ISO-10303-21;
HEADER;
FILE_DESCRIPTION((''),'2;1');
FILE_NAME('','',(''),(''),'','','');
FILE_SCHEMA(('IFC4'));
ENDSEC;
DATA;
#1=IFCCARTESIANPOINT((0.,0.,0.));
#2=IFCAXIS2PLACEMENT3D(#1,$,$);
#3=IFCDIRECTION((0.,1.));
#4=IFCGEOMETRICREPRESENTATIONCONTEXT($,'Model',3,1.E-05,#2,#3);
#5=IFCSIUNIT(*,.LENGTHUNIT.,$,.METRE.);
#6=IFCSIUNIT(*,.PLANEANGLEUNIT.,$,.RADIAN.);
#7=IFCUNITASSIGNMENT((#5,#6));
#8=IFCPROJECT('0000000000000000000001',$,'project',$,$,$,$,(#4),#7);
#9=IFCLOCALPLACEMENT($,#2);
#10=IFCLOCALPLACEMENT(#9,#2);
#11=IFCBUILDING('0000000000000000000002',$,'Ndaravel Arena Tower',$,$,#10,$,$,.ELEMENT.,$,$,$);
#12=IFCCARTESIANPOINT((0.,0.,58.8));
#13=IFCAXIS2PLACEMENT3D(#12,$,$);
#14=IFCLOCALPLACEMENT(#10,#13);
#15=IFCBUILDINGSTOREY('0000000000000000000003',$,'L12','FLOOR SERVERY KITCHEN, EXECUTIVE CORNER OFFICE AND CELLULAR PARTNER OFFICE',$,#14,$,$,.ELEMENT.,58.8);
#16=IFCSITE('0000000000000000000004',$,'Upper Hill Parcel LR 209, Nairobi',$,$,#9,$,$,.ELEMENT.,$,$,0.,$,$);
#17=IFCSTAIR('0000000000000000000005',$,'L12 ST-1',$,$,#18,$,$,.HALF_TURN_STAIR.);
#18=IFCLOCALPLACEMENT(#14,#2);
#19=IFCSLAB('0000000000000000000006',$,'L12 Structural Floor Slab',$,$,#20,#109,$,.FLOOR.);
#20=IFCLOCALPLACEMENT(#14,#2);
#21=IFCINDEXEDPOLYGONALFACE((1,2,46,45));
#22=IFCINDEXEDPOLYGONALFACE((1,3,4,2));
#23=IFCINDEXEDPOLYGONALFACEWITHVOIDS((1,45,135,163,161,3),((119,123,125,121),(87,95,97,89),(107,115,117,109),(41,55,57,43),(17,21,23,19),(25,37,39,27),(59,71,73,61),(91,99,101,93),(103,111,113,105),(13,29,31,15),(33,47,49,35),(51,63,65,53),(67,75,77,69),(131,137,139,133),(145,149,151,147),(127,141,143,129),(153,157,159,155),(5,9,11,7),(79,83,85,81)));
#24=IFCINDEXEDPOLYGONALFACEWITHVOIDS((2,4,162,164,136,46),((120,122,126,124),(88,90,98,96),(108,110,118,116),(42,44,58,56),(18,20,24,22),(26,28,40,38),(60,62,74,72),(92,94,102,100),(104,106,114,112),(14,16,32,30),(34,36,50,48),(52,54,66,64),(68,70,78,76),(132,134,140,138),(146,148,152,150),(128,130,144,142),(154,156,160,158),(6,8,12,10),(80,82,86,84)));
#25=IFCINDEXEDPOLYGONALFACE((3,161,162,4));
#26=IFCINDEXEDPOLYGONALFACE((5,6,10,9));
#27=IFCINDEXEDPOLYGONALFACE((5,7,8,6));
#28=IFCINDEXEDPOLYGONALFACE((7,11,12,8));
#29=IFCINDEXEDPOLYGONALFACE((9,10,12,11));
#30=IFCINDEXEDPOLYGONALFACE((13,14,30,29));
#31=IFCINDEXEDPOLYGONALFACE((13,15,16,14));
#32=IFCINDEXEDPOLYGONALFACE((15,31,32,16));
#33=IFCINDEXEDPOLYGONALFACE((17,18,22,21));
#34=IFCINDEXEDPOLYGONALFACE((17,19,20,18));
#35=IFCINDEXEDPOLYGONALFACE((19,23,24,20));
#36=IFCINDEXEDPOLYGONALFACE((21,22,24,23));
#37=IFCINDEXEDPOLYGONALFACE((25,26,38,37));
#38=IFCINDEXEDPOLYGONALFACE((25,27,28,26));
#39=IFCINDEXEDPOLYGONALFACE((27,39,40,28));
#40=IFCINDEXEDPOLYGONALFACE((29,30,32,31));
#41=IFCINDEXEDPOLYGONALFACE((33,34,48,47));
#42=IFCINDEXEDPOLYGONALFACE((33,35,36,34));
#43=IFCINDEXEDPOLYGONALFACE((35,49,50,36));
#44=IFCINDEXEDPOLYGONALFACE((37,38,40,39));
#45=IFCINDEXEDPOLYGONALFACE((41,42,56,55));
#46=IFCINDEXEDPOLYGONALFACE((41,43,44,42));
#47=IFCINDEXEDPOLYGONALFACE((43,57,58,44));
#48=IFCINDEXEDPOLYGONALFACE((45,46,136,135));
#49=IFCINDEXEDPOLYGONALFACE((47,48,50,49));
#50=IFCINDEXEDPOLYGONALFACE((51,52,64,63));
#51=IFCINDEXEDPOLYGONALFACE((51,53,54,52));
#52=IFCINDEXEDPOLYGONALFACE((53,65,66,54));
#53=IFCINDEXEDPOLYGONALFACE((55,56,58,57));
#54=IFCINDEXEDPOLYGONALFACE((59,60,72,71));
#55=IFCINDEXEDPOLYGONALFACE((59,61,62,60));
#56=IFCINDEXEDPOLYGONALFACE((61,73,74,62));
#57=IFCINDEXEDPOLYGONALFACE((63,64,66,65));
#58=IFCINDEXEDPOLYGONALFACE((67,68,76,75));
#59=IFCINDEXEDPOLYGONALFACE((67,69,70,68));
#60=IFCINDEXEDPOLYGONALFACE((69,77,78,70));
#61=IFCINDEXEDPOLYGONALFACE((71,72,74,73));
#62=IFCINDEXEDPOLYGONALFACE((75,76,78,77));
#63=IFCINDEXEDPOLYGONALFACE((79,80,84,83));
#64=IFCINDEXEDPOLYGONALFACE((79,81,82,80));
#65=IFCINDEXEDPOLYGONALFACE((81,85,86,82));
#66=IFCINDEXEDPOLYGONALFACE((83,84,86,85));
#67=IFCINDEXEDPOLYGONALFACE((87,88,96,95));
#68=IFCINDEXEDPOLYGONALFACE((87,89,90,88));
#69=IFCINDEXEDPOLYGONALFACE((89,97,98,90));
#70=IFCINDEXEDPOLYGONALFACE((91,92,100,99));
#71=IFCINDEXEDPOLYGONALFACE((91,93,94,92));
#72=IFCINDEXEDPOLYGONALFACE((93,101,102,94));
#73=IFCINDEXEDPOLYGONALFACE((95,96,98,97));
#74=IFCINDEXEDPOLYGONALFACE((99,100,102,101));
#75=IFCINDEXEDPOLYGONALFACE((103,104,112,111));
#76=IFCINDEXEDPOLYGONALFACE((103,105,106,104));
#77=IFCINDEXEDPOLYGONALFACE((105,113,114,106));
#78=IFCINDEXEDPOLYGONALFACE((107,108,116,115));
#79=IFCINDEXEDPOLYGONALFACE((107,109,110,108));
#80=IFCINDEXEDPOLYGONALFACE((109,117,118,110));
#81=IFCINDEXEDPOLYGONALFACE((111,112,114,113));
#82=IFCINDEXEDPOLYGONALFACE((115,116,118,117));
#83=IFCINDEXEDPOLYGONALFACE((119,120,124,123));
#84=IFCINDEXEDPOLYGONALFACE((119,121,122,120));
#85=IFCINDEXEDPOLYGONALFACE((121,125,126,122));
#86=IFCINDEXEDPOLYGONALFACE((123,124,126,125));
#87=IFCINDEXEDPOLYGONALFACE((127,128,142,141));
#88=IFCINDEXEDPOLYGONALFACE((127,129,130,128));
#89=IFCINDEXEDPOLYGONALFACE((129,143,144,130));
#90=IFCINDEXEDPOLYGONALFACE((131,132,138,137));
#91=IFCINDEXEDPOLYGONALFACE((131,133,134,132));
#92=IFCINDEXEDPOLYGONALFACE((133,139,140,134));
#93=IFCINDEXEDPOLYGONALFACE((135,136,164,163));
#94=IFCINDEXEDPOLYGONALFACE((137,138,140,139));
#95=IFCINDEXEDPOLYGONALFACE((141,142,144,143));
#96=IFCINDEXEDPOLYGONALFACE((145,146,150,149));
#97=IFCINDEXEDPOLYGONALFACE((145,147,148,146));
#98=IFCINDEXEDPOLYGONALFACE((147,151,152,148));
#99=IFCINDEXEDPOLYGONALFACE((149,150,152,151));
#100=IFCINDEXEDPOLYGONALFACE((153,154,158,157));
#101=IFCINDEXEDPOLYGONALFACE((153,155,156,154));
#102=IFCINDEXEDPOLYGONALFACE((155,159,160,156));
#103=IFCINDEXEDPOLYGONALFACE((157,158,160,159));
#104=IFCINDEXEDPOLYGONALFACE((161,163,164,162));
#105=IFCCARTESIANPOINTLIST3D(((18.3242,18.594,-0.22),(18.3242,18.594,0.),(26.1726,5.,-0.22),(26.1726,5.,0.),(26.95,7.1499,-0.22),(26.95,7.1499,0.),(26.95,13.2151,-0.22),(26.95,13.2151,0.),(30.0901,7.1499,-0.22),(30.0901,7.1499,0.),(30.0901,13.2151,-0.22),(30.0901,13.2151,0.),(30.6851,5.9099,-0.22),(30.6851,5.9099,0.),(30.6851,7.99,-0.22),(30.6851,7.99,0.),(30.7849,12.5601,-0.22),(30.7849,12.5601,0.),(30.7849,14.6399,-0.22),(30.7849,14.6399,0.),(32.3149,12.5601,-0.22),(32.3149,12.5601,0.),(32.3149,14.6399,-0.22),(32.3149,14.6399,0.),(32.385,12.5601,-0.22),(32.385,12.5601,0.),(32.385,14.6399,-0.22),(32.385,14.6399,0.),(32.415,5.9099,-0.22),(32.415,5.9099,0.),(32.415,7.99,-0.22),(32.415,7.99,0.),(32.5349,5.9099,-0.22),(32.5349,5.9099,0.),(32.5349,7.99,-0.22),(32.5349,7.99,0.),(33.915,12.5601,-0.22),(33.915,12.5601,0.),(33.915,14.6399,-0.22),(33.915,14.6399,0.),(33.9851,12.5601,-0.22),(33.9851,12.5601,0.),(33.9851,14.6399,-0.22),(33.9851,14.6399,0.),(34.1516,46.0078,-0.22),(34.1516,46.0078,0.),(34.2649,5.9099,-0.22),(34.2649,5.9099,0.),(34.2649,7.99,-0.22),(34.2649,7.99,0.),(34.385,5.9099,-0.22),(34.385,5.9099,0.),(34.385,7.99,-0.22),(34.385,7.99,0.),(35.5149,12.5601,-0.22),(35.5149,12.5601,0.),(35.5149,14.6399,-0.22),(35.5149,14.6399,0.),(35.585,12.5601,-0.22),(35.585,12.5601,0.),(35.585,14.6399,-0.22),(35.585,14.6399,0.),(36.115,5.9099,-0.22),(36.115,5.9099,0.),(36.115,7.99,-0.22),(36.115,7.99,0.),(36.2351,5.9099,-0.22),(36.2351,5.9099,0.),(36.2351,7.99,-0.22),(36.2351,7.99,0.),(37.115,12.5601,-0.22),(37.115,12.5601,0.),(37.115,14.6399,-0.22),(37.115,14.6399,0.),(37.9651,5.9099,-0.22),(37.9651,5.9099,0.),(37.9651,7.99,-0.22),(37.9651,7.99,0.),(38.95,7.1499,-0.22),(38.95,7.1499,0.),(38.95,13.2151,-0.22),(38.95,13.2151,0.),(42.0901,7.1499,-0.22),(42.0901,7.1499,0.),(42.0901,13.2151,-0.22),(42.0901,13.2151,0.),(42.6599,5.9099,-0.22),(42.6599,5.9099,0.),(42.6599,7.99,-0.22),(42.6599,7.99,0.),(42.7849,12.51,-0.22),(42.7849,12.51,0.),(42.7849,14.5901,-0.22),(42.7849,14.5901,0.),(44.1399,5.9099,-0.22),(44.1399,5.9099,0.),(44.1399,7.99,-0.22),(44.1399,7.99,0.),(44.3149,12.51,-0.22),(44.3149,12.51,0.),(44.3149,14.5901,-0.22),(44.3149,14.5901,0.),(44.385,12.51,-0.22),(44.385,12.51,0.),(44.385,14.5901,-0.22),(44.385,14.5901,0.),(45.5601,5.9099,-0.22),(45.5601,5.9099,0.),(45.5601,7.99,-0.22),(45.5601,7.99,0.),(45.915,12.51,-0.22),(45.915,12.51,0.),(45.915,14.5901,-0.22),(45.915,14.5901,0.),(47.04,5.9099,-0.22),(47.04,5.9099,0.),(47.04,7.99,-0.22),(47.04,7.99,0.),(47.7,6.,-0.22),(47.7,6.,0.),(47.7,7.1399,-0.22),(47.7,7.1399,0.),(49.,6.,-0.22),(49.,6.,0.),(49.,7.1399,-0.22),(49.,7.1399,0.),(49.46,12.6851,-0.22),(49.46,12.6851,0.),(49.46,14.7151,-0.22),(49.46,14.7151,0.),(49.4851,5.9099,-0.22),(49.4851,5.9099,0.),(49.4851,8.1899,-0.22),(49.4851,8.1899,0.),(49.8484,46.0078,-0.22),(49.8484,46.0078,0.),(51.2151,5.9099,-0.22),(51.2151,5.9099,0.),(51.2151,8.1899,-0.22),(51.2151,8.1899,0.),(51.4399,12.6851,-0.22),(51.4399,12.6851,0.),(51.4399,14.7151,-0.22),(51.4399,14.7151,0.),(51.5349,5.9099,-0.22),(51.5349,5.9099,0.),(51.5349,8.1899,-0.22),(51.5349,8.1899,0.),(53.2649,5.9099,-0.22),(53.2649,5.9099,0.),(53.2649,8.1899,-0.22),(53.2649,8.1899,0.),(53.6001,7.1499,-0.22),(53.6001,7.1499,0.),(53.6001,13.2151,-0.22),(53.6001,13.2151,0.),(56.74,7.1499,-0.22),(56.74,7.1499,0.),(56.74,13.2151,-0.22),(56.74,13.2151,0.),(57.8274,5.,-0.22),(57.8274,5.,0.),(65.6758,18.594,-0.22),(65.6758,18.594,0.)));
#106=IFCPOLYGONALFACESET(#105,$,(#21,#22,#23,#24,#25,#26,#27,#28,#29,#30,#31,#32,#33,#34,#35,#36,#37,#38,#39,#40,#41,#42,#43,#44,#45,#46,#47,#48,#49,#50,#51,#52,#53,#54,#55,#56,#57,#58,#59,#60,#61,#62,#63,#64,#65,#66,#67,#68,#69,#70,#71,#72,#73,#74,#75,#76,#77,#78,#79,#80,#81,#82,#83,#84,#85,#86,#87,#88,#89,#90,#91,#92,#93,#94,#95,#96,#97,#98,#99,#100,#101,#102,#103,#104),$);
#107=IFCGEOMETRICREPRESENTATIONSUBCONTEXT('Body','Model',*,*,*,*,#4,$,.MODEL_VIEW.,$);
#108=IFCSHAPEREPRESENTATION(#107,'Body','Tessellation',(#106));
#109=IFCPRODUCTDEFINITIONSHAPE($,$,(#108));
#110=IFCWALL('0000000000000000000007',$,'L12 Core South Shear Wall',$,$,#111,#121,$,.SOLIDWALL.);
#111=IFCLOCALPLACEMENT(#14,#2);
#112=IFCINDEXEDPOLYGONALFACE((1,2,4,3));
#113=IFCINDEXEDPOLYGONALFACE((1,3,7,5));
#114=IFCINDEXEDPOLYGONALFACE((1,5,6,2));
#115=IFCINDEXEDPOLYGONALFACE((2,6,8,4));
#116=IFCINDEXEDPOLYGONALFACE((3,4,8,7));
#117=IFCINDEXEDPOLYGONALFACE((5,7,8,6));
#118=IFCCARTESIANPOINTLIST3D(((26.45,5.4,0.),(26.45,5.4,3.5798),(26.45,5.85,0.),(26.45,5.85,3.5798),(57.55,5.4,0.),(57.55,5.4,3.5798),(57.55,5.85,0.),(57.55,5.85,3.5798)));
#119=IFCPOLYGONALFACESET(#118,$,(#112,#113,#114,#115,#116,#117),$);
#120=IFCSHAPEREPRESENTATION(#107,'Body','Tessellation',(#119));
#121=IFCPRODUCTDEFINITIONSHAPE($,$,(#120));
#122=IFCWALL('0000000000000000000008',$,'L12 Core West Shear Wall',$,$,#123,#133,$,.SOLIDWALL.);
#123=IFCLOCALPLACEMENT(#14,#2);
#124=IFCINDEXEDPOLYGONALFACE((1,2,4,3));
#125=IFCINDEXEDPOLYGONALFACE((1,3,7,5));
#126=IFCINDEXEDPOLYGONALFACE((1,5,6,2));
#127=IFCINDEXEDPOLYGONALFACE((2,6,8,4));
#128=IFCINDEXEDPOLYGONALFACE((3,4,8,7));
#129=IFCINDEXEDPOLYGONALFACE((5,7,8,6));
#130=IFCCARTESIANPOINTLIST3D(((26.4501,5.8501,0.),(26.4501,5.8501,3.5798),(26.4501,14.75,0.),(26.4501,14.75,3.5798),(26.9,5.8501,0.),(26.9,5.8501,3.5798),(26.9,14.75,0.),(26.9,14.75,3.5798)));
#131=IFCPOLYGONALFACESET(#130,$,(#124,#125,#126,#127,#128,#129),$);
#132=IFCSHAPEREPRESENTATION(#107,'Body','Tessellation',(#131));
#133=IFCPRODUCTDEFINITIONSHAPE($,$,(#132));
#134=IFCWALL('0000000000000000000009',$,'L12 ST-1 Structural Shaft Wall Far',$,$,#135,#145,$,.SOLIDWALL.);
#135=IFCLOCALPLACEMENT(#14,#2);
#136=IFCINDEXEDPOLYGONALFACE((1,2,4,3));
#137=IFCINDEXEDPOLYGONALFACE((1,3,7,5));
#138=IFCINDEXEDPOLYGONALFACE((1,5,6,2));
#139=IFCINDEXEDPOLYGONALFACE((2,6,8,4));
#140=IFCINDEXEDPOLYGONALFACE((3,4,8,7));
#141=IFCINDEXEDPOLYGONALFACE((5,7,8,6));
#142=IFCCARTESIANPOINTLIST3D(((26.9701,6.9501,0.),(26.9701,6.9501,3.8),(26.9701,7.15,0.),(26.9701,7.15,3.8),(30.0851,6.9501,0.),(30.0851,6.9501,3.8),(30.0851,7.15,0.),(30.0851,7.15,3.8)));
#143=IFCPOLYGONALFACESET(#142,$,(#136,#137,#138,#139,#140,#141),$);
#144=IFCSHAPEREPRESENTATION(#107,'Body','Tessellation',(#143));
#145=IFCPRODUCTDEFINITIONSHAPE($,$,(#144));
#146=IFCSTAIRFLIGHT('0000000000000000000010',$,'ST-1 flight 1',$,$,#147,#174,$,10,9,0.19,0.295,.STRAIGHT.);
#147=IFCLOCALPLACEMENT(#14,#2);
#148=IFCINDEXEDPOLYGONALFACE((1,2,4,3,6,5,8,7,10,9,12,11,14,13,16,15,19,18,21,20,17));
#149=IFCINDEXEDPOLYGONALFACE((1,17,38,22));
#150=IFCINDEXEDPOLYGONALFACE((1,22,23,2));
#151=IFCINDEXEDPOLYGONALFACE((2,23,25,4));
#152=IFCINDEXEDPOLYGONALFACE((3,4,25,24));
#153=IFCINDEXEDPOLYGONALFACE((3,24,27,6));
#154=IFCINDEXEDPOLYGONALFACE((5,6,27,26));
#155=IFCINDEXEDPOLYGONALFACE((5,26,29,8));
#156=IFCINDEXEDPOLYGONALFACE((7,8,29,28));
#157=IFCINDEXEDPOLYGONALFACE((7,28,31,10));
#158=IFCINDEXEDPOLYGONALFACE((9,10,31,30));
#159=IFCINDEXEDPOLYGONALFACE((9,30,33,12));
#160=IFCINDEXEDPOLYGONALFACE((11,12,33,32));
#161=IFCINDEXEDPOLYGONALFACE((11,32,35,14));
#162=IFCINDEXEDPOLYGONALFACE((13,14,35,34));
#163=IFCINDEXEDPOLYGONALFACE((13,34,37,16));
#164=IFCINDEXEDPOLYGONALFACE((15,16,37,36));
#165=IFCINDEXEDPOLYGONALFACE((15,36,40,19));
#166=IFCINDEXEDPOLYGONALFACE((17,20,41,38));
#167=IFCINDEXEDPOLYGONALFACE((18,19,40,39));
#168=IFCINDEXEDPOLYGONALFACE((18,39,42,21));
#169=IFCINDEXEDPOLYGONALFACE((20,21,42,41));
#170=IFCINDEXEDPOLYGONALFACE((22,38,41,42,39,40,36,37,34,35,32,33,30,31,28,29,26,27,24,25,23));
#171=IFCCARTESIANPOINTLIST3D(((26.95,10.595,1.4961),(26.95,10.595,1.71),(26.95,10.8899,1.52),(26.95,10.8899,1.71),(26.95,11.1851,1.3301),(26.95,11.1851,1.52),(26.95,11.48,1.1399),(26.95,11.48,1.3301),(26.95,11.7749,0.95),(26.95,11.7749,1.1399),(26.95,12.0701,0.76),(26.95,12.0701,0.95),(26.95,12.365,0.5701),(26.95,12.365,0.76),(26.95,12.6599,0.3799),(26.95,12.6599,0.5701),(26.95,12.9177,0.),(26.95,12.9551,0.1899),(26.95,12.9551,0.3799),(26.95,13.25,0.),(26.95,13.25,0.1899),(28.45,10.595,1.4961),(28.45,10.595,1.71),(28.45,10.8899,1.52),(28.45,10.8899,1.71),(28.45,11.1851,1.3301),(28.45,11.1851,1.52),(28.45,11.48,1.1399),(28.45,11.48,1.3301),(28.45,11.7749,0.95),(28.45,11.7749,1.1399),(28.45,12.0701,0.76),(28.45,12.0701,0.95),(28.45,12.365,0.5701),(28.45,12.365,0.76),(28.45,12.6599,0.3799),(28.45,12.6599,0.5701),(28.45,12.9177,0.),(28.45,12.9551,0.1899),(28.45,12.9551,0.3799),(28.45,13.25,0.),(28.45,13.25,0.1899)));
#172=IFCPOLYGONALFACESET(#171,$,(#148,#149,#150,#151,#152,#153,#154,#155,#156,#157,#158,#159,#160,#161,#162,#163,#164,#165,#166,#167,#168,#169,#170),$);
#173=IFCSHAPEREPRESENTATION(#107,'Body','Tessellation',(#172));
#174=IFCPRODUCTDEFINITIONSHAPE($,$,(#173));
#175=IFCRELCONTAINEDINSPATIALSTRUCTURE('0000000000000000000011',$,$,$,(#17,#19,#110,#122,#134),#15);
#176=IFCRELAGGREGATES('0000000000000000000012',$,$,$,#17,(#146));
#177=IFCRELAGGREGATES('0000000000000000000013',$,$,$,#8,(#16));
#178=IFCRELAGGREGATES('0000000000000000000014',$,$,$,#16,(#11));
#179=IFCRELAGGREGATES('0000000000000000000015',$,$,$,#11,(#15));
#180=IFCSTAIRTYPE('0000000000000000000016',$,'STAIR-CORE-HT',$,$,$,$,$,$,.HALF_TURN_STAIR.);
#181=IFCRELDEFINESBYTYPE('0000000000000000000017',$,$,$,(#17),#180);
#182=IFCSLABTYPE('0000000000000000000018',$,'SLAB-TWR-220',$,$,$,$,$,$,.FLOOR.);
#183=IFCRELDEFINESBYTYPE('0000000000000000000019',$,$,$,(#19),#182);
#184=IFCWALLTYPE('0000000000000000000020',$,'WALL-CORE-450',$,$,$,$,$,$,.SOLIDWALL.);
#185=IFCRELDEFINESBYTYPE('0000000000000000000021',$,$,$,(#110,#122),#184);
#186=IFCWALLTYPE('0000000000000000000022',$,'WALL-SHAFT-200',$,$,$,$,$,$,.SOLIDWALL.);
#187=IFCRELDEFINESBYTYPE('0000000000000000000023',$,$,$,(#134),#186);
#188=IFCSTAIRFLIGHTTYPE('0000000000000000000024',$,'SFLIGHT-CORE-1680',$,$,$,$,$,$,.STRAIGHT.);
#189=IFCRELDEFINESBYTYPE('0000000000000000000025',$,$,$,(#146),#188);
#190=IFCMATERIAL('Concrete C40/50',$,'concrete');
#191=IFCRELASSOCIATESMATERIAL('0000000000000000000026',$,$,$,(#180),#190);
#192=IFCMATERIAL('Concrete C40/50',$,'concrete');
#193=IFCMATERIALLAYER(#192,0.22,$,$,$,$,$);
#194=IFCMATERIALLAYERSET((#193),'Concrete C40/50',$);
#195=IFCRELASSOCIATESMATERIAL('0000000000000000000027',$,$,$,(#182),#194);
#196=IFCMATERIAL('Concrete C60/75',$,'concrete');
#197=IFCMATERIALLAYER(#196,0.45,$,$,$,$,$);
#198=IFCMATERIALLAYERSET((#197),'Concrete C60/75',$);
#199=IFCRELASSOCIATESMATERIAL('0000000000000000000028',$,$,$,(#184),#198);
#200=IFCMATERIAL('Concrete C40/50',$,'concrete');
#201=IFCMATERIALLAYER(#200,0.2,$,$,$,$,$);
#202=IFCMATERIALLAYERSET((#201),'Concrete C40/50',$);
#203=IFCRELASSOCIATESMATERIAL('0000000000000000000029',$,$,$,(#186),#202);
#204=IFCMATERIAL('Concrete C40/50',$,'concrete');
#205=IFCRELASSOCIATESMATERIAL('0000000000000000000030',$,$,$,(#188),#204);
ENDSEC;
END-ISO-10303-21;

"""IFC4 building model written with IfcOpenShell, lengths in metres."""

from ifc_helpers import new_model, si_unit, direction, frame, frame_2d, origin, place, context, subcontext, project, spatial, polyline, rectangle, outline, extrude, material, layer, layer_set, type_object, element, aggregate, save


model = new_model("IFC4")

# Units and contexts
model_context = context("Model", 3, precision=1e-05, world=origin(), true_north=direction((0.0, 1.0)))
body_context = subcontext(model_context, "Body", "Model", "MODEL_VIEW")
ifc_project = project(units=[si_unit("LENGTHUNIT", "METRE"), si_unit("PLANEANGLEUNIT", "RADIAN")], contexts=[model_context])

# Site, building, storey
site_placement = place(None, origin())
site = spatial("IfcSite", under=ifc_project, at=site_placement, Name="Upper Hill Parcel LR 209, Nairobi", CompositionType="ELEMENT", RefElevation=0.0)
building_placement = place(site_placement, origin())
building = spatial("IfcBuilding", under=site, at=building_placement, Name="Ndaravel Arena Tower", CompositionType="ELEMENT")
storey_placement = place(building_placement, frame((0.0, 0.0, 58.8)))
storey = spatial("IfcBuildingStorey", under=building, at=storey_placement, Name="L12", Description="FLOOR SERVERY KITCHEN, EXECUTIVE CORNER OFFICE AND CELLULAR PARTNER OFFICE", CompositionType="ELEMENT", Elevation=58.8)

# Stair
ifc_material_1 = material(Name="Concrete C40/50", Category="concrete")
stair_type = type_object("IfcStairType", Name="STAIR-CORE-HT", PredefinedType="HALF_TURN_STAIR", material=ifc_material_1)
stair_1_placement = place(storey_placement, origin())
stair_1 = element("IfcStair", 1, at=stair_1_placement, inside=storey, type_object=stair_type, Name="L12 ST-1", PredefinedType="HALF_TURN_STAIR")

# Slab
ifc_material_2 = material(Name="Concrete C40/50", Category="concrete")
ifc_layer_1 = layer(ifc_material_2, 0.22)
ifc_layer_set_1 = layer_set([ifc_layer_1], Name="Concrete C40/50")
slab_type_1 = type_object("IfcSlabType", Name="SLAB-TWR-220", PredefinedType="FLOOR", material=ifc_layer_set_1)
slab_1_placement = place(storey_placement, frame((0.0, 0.0, -0.22)))
element("IfcSlab", 2, at=slab_1_placement, inside=storey, type_object=slab_type_1, Name="L12 Structural Floor Slab", PredefinedType="FLOOR", context=body_context, shape_type="SweptSolid", body=[
    extrude(outline(polyline([(18.3242, 18.594), (26.1726, 5.0), (57.8274, 5.0), (65.6758, 18.594), (49.8484, 46.0078), (34.1516, 46.0078), (18.3242, 18.594)]), holes=[polyline([(26.95, 13.2151), (26.95, 7.1499), (30.0901, 7.1499), (30.0901, 13.2151), (26.95, 13.2151)]), polyline([(38.95, 13.2151), (38.95, 7.1499), (42.0901, 7.1499), (42.0901, 13.2151), (38.95, 13.2151)]), polyline([(53.6001, 13.2151), (53.6001, 7.1499), (56.74, 7.1499), (56.74, 13.2151), (53.6001, 13.2151)]), polyline([(30.6851, 5.9099), (32.415, 5.9099), (32.415, 7.99), (30.6851, 7.99), (30.6851, 5.9099)]), polyline([(32.5349, 5.9099), (34.2649, 5.9099), (34.2649, 7.99), (32.5349, 7.99), (32.5349, 5.9099)]), polyline([(34.385, 5.9099), (36.115, 5.9099), (36.115, 7.99), (34.385, 7.99), (34.385, 5.9099)]), polyline([(36.2351, 5.9099), (37.9651, 5.9099), (37.9651, 7.99), (36.2351, 7.99), (36.2351, 5.9099)]), polyline([(30.7849, 12.5601), (32.3149, 12.5601), (32.3149, 14.6399), (30.7849, 14.6399), (30.7849, 12.5601)]), polyline([(32.385, 12.5601), (33.915, 12.5601), (33.915, 14.6399), (32.385, 14.6399), (32.385, 12.5601)]), polyline([(33.9851, 12.5601), (35.5149, 12.5601), (35.5149, 14.6399), (33.9851, 14.6399), (33.9851, 12.5601)]), polyline([(35.585, 12.5601), (37.115, 12.5601), (37.115, 14.6399), (35.585, 14.6399), (35.585, 12.5601)]), polyline([(42.6599, 5.9099), (44.1399, 5.9099), (44.1399, 7.99), (42.6599, 7.99), (42.6599, 5.9099)]), polyline([(45.5601, 5.9099), (47.04, 5.9099), (47.04, 7.99), (45.5601, 7.99), (45.5601, 5.9099)]), polyline([(42.7849, 12.51), (44.3149, 12.51), (44.3149, 14.5901), (42.7849, 14.5901), (42.7849, 12.51)]), polyline([(44.385, 12.51), (45.915, 12.51), (45.915, 14.5901), (44.385, 14.5901), (44.385, 12.51)]), polyline([(49.4851, 5.9099), (51.2151, 5.9099), (51.2151, 8.1899), (49.4851, 8.1899), (49.4851, 5.9099)]), polyline([(51.5349, 5.9099), (53.2649, 5.9099), (53.2649, 8.1899), (51.5349, 8.1899), (51.5349, 5.9099)]), polyline([(49.46, 12.6851), (51.4399, 12.6851), (51.4399, 14.7151), (49.46, 14.7151), (49.46, 12.6851)]), polyline([(47.7, 6.0), (49.0, 6.0), (49.0, 7.1399), (47.7, 7.1399), (47.7, 6.0)])]), origin(), (0.0, 0.0, 1.0), 0.22),
])

# Walls
ifc_material_3 = material(Name="Concrete C60/75", Category="concrete")
ifc_layer_2 = layer(ifc_material_3, 0.45)
ifc_layer_set_2 = layer_set([ifc_layer_2], Name="Concrete C60/75")
wall_type_1 = type_object("IfcWallType", Name="WALL-CORE-450", PredefinedType="SOLIDWALL", material=ifc_layer_set_2)
wall_1_placement = place(storey_placement, frame((26.45, 5.625, 0.0), z_axis=(0.0, 0.0, 1.0), x_axis=(1.0, 0.0, 0.0)))
element("IfcWall", 3, at=wall_1_placement, inside=storey, type_object=wall_type_1, Name="L12 Core South Shear Wall", PredefinedType="SOLIDWALL", context=body_context, shape_type="SweptSolid", body=[
    extrude(rectangle(XDim=31.1001, YDim=0.45, at=frame_2d((15.55, 0.0))), origin(), (0.0, 0.0, 1.0), 3.5798),
])
wall_2_placement = place(storey_placement, frame((26.675, 5.8501, 0.0), z_axis=(0.0, 0.0, 1.0), x_axis=(0.0, 1.0, 0.0)))
element("IfcWall", 4, at=wall_2_placement, inside=storey, type_object=wall_type_1, Name="L12 Core West Shear Wall", PredefinedType="SOLIDWALL", context=body_context, shape_type="SweptSolid", body=[
    extrude(rectangle(XDim=8.8999, YDim=0.45, at=frame_2d((4.45, 0.0))), origin(), (0.0, 0.0, 1.0), 3.5798),
])
ifc_material_4 = material(Name="Concrete C40/50", Category="concrete")
ifc_layer_3 = layer(ifc_material_4, 0.2)
ifc_layer_set_3 = layer_set([ifc_layer_3], Name="Concrete C40/50")
wall_type_2 = type_object("IfcWallType", Name="WALL-SHAFT-200", PredefinedType="SOLIDWALL", material=ifc_layer_set_3)
wall_3_placement = place(storey_placement, frame((26.97, 7.05, 0.0), z_axis=(0.0, 0.0, 1.0), x_axis=(1.0, 0.0, 0.0)))
element("IfcWall", 5, at=wall_3_placement, inside=storey, type_object=wall_type_2, Name="L12 ST-1 Structural Shaft Wall Far", PredefinedType="SOLIDWALL", context=body_context, shape_type="SweptSolid", body=[
    extrude(rectangle(XDim=3.115, YDim=0.2, at=frame_2d((1.5576, 0.0))), origin(), (0.0, 0.0, 1.0), 3.8),
])

# Stair flight
ifc_material_5 = material(Name="Concrete C40/50", Category="concrete")
stair_flight_type = type_object("IfcStairFlightType", Name="SFLIGHT-CORE-1680", PredefinedType="STRAIGHT", material=ifc_material_5)
stair_flight_placement = place(storey_placement, frame((27.7, 13.25, 0.0), z_axis=(0.0, 0.0, 1.0), x_axis=(0.0, -1.0, 0.0)))
stair_flight = element("IfcStairFlight", 6, at=stair_flight_placement, type_object=stair_flight_type, Name="ST-1 flight 1", NumberOfRisers=10, NumberOfTreads=9, PredefinedType="STRAIGHT", RiserHeight=0.19, TreadLength=0.295, context=body_context, shape_type="SweptSolid", body=[
    extrude(outline(polyline([(0.0, 0.0), (0.0, 0.1899), (0.2949, 0.1899), (0.2949, 0.3799), (0.5901, 0.3799), (0.5901, 0.5701), (0.885, 0.5701), (0.885, 0.76), (1.1799, 0.76), (1.1799, 0.95), (1.4751, 0.95), (1.4751, 1.1399), (1.77, 1.1399), (1.77, 1.3301), (2.0649, 1.3301), (2.0649, 1.52), (2.3601, 1.52), (2.3601, 1.71), (2.655, 1.71), (2.655, 1.8999), (2.655, 1.4961), (0.3323, 0.0), (0.0, 0.0)])), frame((0.0, 0.75, 0.0), z_axis=(0.0, -1.0, 0.0), x_axis=(1.0, 0.0, 0.0)), (0.0, 0.0, 1.0), 1.5),
])
aggregate(stair_1, [stair_flight])

save(model, "model.ifc")
